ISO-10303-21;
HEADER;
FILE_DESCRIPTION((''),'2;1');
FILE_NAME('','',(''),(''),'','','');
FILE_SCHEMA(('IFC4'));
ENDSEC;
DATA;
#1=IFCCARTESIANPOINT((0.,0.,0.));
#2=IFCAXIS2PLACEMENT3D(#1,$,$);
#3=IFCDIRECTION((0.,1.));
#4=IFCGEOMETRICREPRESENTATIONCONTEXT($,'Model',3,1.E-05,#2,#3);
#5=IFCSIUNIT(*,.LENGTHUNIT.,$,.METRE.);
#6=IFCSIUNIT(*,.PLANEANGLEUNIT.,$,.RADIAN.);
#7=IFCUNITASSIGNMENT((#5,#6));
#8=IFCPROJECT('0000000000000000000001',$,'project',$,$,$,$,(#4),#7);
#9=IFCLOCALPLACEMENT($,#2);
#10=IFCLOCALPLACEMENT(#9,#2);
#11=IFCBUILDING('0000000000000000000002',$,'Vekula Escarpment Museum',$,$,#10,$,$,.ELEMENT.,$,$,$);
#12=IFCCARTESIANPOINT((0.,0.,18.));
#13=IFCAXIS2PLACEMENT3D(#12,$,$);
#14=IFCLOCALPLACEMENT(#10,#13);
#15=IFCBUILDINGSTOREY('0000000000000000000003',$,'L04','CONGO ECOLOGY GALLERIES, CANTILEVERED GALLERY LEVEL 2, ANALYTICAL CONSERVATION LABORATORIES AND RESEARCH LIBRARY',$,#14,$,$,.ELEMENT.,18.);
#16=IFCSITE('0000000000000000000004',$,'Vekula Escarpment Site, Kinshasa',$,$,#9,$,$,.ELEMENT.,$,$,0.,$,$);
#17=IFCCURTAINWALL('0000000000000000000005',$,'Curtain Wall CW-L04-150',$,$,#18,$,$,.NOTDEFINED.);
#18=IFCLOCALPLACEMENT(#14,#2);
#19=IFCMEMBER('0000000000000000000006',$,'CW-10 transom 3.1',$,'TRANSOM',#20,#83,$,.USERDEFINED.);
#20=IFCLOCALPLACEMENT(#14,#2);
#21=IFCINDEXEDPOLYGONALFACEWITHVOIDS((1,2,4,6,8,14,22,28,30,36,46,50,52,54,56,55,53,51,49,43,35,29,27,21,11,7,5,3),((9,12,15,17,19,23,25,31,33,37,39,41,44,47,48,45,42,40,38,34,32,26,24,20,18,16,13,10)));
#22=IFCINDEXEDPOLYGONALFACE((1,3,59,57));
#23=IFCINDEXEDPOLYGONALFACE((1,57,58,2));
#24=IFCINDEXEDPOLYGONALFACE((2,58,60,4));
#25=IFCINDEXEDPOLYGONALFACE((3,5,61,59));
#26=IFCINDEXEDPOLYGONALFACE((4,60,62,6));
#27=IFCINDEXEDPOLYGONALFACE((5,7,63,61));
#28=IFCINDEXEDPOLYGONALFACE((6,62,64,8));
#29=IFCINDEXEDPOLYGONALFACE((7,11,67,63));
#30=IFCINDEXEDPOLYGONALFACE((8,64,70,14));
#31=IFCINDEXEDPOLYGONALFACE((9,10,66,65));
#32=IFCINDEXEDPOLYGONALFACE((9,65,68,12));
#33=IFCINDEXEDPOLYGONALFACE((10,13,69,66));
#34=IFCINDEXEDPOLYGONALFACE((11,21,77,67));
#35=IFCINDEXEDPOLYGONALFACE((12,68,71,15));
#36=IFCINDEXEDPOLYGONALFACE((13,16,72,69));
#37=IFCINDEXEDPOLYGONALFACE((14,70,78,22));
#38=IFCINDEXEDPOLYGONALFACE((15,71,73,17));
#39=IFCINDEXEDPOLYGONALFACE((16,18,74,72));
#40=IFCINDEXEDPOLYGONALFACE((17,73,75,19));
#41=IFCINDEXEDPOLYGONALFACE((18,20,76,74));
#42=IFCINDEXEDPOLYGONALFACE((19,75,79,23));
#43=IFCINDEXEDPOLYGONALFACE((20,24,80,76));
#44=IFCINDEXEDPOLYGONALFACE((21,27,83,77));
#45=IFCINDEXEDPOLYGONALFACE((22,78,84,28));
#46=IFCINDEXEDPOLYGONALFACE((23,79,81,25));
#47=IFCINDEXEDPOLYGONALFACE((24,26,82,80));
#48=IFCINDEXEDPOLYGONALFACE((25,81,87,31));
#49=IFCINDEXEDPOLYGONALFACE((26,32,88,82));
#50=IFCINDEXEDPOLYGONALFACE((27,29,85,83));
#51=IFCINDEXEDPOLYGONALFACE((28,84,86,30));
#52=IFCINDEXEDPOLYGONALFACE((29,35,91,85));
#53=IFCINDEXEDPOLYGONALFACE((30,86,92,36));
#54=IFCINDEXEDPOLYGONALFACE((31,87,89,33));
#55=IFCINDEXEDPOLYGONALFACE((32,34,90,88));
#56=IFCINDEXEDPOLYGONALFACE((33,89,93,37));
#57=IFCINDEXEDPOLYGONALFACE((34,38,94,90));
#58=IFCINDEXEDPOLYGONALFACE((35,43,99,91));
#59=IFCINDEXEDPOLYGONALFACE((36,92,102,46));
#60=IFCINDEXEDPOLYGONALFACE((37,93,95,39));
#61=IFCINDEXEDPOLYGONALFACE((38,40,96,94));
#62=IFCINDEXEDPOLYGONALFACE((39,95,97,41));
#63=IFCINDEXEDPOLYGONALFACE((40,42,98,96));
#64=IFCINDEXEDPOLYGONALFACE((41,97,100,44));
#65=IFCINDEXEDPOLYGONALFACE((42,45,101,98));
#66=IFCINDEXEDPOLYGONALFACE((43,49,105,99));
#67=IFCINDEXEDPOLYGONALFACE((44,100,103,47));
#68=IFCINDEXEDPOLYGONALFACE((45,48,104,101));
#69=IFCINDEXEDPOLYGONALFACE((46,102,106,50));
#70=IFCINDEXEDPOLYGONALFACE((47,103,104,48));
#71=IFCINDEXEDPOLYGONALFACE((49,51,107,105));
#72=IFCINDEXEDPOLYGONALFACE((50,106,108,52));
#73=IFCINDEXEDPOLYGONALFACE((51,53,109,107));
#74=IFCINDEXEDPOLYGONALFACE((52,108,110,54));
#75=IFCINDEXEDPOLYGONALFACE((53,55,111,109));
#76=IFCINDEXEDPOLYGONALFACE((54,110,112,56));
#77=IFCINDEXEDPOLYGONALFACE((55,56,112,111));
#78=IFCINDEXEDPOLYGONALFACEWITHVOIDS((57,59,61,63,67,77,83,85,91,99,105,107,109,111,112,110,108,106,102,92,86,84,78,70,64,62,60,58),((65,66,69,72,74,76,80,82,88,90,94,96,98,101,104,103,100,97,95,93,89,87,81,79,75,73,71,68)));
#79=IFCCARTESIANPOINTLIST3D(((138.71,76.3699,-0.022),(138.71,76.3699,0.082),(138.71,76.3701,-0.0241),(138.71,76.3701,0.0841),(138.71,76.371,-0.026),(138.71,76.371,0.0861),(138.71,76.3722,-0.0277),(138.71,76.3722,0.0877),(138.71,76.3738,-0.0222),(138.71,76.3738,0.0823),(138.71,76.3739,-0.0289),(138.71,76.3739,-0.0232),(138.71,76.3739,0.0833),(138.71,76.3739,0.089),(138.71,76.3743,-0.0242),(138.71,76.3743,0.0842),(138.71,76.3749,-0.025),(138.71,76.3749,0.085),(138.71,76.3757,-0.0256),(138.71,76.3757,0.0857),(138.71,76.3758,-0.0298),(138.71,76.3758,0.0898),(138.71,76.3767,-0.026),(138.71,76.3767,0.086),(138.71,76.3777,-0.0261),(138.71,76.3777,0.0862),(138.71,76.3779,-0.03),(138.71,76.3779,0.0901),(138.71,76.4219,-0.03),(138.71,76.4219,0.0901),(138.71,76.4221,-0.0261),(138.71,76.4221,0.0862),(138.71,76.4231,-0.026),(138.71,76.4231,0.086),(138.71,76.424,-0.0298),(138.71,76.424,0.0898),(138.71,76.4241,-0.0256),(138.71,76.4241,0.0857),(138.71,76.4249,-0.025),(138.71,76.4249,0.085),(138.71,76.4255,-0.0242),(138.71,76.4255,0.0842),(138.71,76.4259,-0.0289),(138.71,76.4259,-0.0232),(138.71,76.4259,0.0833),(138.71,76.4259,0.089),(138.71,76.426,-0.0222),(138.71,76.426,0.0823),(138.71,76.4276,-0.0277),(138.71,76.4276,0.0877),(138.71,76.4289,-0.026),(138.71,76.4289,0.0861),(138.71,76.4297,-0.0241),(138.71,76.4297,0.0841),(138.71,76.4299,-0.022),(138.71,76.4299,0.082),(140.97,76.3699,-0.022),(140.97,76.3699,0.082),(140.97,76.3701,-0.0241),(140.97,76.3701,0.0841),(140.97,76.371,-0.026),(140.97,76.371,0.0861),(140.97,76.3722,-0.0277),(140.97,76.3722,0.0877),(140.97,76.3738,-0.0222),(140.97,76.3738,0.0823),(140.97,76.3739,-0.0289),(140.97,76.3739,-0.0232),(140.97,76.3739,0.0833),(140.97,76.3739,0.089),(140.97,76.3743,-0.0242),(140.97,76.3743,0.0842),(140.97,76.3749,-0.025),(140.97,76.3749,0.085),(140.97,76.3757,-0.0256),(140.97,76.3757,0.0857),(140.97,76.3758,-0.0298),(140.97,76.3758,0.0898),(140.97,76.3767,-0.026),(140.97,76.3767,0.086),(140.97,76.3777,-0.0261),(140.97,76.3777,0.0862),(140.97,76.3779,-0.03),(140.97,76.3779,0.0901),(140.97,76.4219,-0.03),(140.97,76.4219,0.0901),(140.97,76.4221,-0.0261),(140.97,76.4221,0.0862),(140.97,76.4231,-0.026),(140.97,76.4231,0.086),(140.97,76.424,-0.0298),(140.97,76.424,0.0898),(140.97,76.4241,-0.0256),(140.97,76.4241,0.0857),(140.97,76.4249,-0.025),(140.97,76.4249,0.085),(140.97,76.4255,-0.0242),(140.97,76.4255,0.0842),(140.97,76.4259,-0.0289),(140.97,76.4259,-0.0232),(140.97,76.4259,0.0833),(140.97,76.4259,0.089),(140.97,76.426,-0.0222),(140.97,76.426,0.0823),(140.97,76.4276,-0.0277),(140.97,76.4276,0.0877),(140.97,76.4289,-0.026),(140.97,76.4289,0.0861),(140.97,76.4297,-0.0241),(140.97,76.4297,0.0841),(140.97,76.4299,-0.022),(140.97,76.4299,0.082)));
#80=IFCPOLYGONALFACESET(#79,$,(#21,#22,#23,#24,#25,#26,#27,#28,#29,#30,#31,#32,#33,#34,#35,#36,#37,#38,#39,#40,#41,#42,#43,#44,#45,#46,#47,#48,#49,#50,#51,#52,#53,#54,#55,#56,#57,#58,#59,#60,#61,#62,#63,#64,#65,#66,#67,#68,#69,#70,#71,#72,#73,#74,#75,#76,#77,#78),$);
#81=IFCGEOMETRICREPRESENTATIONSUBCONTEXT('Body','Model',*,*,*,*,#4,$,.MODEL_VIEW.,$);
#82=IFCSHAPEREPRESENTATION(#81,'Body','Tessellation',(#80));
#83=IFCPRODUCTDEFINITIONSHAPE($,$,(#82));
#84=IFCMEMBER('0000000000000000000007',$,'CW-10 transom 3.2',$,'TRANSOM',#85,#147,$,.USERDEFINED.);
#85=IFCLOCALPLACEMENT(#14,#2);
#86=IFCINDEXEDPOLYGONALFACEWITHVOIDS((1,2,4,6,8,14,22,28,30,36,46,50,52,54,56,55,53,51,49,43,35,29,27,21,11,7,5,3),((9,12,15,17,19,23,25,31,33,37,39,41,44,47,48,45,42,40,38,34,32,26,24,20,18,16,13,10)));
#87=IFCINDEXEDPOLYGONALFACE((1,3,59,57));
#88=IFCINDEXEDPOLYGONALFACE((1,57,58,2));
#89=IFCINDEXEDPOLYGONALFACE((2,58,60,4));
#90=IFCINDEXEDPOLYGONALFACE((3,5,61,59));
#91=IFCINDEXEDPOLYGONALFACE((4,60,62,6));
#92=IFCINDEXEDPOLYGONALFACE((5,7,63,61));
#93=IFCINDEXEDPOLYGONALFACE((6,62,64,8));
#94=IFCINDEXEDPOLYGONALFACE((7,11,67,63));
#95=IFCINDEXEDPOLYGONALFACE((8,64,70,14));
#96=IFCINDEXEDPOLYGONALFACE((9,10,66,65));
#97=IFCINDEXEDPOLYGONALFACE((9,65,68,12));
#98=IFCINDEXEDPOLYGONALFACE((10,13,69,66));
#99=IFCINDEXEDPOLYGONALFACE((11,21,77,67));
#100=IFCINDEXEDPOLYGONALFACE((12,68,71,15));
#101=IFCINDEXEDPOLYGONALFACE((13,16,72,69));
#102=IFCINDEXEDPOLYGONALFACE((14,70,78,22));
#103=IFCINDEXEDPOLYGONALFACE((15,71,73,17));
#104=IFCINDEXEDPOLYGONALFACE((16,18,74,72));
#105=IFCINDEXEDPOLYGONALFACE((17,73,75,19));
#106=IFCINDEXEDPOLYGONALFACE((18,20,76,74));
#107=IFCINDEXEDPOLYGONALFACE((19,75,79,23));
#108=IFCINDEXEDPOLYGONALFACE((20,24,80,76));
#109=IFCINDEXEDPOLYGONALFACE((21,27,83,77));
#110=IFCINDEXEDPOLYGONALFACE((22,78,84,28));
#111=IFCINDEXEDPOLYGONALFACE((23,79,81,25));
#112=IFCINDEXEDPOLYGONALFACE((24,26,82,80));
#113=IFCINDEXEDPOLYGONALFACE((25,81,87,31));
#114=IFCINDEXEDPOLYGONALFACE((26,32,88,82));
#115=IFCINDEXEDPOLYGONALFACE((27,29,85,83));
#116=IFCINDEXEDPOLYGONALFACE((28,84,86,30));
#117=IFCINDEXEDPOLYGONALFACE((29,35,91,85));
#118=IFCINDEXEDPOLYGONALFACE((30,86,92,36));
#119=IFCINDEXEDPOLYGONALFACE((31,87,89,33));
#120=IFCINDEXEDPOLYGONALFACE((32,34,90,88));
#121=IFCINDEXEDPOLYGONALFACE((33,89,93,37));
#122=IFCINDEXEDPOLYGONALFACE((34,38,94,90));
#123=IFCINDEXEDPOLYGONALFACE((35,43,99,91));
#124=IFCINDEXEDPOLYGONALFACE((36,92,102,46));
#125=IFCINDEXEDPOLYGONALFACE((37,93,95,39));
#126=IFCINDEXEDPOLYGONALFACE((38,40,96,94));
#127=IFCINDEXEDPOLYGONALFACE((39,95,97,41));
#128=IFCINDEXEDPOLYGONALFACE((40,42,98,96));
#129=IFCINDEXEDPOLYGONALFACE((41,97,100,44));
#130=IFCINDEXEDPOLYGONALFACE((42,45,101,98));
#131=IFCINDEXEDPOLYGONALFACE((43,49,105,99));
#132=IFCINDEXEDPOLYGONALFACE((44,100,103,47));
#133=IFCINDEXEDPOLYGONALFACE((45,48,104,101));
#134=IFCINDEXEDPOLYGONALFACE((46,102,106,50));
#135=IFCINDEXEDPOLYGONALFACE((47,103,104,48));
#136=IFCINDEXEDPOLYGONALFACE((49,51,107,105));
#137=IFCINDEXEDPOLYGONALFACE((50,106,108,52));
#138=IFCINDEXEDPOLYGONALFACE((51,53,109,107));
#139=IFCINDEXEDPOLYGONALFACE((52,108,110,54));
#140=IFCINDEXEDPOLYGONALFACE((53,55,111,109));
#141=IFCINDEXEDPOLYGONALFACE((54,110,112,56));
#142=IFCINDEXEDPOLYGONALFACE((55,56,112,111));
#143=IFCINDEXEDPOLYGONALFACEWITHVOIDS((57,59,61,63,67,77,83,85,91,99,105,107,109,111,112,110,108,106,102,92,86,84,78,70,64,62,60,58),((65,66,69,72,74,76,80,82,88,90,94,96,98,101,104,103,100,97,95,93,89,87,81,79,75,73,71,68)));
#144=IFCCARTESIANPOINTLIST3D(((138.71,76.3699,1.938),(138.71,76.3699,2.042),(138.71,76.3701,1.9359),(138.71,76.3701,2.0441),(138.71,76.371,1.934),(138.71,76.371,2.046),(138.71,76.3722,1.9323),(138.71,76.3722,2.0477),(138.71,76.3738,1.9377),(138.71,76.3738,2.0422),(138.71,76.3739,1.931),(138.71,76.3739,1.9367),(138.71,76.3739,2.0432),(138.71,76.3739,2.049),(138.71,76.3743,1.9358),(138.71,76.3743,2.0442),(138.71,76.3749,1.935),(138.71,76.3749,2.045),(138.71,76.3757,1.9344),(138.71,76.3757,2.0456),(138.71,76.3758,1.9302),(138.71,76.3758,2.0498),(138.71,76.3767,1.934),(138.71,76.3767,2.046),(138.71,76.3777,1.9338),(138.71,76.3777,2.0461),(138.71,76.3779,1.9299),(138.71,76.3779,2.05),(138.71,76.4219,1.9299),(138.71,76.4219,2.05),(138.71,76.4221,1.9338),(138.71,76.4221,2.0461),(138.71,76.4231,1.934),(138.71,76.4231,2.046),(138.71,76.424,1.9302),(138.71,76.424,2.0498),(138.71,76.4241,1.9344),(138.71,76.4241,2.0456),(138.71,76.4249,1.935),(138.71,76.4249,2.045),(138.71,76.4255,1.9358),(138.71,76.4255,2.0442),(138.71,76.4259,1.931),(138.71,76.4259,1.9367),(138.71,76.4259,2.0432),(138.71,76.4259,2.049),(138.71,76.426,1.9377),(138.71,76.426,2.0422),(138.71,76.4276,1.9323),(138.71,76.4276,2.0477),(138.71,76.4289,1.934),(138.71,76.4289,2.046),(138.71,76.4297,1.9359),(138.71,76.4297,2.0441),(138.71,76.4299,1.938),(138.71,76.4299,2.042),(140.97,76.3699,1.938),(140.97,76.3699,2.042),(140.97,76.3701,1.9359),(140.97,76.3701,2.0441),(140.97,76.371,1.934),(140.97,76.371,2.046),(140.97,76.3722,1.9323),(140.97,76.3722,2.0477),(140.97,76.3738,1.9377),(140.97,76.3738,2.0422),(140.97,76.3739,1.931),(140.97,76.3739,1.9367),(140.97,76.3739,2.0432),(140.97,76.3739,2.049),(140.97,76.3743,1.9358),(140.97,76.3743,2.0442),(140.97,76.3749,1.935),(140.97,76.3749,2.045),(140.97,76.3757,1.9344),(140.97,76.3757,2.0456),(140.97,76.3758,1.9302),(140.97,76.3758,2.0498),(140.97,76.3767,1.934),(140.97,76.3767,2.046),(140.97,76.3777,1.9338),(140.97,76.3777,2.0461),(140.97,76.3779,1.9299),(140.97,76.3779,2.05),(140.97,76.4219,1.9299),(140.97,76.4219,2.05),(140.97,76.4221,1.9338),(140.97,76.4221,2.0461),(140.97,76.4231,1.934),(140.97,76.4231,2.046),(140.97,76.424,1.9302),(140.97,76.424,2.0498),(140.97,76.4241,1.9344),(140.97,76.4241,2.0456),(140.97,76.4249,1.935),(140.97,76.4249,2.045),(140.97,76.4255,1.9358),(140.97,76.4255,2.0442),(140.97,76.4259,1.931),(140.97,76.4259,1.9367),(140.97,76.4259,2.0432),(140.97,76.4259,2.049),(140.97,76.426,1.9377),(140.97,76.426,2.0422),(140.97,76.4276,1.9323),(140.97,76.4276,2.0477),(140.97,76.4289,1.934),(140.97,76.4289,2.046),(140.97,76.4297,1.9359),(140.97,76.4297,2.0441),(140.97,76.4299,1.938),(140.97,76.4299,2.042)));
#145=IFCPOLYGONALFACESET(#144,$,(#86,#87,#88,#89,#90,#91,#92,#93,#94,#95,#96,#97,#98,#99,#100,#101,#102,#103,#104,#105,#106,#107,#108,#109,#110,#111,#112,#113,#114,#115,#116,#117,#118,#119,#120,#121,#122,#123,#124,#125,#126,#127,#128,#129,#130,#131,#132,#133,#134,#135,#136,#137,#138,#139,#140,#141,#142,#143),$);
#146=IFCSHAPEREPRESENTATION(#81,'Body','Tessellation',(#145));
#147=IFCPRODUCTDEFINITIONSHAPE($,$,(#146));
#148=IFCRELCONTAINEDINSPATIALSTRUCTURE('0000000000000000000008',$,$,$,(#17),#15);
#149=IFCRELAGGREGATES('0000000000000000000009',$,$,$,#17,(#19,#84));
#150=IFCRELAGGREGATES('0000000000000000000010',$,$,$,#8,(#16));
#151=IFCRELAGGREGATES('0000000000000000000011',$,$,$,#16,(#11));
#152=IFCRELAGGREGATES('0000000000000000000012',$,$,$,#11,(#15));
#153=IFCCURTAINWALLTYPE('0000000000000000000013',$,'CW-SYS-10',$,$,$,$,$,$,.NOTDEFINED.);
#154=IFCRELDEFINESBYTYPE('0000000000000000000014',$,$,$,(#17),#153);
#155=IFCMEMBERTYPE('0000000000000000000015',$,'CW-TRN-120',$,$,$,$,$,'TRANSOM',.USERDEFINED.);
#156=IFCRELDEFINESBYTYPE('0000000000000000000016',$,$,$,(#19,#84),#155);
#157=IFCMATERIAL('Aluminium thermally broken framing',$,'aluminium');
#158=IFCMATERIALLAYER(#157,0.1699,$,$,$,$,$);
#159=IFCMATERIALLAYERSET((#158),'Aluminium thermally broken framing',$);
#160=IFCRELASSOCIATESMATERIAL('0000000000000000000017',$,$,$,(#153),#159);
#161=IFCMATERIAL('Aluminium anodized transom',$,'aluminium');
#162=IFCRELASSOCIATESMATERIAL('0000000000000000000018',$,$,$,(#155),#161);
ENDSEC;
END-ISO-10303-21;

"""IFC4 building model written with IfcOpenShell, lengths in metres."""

from ifc_helpers import new_model, si_unit, direction, frame, origin, origin_2d, place, context, subcontext, project, spatial, hollow_rectangle, extrude, material, layer, layer_set, material_profile, profile_set, type_object, element, aggregate, save


model = new_model("IFC4")

# Units and contexts
model_context = context("Model", 3, precision=1e-05, world=origin(), true_north=direction((0.0, 1.0)))
body_context = subcontext(model_context, "Body", "Model", "MODEL_VIEW")
ifc_project = project(units=[si_unit("LENGTHUNIT", "METRE"), si_unit("PLANEANGLEUNIT", "RADIAN")], contexts=[model_context])

# Site, building, storey
site_placement = place(None, origin())
site = spatial("IfcSite", under=ifc_project, at=site_placement, Name="Vekula Escarpment Site, Kinshasa", CompositionType="ELEMENT", RefElevation=0.0)
building_placement = place(site_placement, origin())
building = spatial("IfcBuilding", under=site, at=building_placement, Name="Vekula Escarpment Museum", CompositionType="ELEMENT")
storey_placement = place(building_placement, frame((0.0, 0.0, 18.0)))
storey = spatial("IfcBuildingStorey", under=building, at=storey_placement, Name="L04", Description="CONGO ECOLOGY GALLERIES, CANTILEVERED GALLERY LEVEL 2, ANALYTICAL CONSERVATION LABORATORIES AND RESEARCH LIBRARY", CompositionType="ELEMENT", Elevation=18.0)

# Curtain wall, members
ifc_material_1 = material(Name="Aluminium thermally broken framing", Category="aluminium")
ifc_layer_1 = layer(ifc_material_1, 0.1699)
ifc_layer_set_1 = layer_set([ifc_layer_1], Name="Aluminium thermally broken framing")
curtain_wall_type = type_object("IfcCurtainWallType", Name="CW-SYS-10", PredefinedType="NOTDEFINED", material=ifc_layer_set_1)
curtain_wall_placement = place(storey_placement, origin())
curtain_wall = element("IfcCurtainWall", 1, at=curtain_wall_placement, inside=storey, type_object=curtain_wall_type, Name="Curtain Wall CW-L04-150", PredefinedType="NOTDEFINED")
ifc_material_2 = material(Name="Aluminium anodized transom", Category="aluminium")
ifc_material_profile_1 = material_profile(ifc_material_2, hollow_rectangle(XDim=0.0601, YDim=0.1201, WallThickness=0.0039, InnerFilletRadius=0.0039, OuterFilletRadius=0.0081, at=origin_2d()), Name="ALU 120x60x4")
ifc_profile_set_1 = profile_set([ifc_material_profile_1], Name="Aluminium anodized transom")
member_type_1 = type_object("IfcMemberType", Name="CW-TRN-120", ElementType="TRANSOM", PredefinedType="USERDEFINED", material=ifc_profile_set_1)
member_1_placement = place(storey_placement, frame((140.97, 76.3999, 0.03), z_axis=(-1.0, 0.0, 0.0), x_axis=(0.0, -1.0, 0.0)))
member_1 = element("IfcMember", 2, at=member_1_placement, type_object=member_type_1, Name="CW-10 transom 3.1", ObjectType="TRANSOM", PredefinedType="USERDEFINED", context=body_context, shape_type="SweptSolid", body=[
    extrude(hollow_rectangle(XDim=0.0601, YDim=0.1201, WallThickness=0.0039, InnerFilletRadius=0.0039, OuterFilletRadius=0.0081, at=origin_2d()), origin(), (0.0, 0.0, 1.0), 2.26),
])
member_2_placement = place(storey_placement, frame((140.97, 76.3999, 1.99), z_axis=(-1.0, 0.0, 0.0), x_axis=(0.0, -1.0, 0.0)))
member_2 = element("IfcMember", 3, at=member_2_placement, type_object=member_type_1, Name="CW-10 transom 3.2", ObjectType="TRANSOM", PredefinedType="USERDEFINED", context=body_context, shape_type="SweptSolid", body=[
    extrude(hollow_rectangle(XDim=0.0601, YDim=0.1201, WallThickness=0.0039, InnerFilletRadius=0.0039, OuterFilletRadius=0.0081, at=origin_2d()), origin(), (0.0, 0.0, 1.0), 2.26),
])
aggregate(curtain_wall, [member_1, member_2])

save(model, "model.ifc")
